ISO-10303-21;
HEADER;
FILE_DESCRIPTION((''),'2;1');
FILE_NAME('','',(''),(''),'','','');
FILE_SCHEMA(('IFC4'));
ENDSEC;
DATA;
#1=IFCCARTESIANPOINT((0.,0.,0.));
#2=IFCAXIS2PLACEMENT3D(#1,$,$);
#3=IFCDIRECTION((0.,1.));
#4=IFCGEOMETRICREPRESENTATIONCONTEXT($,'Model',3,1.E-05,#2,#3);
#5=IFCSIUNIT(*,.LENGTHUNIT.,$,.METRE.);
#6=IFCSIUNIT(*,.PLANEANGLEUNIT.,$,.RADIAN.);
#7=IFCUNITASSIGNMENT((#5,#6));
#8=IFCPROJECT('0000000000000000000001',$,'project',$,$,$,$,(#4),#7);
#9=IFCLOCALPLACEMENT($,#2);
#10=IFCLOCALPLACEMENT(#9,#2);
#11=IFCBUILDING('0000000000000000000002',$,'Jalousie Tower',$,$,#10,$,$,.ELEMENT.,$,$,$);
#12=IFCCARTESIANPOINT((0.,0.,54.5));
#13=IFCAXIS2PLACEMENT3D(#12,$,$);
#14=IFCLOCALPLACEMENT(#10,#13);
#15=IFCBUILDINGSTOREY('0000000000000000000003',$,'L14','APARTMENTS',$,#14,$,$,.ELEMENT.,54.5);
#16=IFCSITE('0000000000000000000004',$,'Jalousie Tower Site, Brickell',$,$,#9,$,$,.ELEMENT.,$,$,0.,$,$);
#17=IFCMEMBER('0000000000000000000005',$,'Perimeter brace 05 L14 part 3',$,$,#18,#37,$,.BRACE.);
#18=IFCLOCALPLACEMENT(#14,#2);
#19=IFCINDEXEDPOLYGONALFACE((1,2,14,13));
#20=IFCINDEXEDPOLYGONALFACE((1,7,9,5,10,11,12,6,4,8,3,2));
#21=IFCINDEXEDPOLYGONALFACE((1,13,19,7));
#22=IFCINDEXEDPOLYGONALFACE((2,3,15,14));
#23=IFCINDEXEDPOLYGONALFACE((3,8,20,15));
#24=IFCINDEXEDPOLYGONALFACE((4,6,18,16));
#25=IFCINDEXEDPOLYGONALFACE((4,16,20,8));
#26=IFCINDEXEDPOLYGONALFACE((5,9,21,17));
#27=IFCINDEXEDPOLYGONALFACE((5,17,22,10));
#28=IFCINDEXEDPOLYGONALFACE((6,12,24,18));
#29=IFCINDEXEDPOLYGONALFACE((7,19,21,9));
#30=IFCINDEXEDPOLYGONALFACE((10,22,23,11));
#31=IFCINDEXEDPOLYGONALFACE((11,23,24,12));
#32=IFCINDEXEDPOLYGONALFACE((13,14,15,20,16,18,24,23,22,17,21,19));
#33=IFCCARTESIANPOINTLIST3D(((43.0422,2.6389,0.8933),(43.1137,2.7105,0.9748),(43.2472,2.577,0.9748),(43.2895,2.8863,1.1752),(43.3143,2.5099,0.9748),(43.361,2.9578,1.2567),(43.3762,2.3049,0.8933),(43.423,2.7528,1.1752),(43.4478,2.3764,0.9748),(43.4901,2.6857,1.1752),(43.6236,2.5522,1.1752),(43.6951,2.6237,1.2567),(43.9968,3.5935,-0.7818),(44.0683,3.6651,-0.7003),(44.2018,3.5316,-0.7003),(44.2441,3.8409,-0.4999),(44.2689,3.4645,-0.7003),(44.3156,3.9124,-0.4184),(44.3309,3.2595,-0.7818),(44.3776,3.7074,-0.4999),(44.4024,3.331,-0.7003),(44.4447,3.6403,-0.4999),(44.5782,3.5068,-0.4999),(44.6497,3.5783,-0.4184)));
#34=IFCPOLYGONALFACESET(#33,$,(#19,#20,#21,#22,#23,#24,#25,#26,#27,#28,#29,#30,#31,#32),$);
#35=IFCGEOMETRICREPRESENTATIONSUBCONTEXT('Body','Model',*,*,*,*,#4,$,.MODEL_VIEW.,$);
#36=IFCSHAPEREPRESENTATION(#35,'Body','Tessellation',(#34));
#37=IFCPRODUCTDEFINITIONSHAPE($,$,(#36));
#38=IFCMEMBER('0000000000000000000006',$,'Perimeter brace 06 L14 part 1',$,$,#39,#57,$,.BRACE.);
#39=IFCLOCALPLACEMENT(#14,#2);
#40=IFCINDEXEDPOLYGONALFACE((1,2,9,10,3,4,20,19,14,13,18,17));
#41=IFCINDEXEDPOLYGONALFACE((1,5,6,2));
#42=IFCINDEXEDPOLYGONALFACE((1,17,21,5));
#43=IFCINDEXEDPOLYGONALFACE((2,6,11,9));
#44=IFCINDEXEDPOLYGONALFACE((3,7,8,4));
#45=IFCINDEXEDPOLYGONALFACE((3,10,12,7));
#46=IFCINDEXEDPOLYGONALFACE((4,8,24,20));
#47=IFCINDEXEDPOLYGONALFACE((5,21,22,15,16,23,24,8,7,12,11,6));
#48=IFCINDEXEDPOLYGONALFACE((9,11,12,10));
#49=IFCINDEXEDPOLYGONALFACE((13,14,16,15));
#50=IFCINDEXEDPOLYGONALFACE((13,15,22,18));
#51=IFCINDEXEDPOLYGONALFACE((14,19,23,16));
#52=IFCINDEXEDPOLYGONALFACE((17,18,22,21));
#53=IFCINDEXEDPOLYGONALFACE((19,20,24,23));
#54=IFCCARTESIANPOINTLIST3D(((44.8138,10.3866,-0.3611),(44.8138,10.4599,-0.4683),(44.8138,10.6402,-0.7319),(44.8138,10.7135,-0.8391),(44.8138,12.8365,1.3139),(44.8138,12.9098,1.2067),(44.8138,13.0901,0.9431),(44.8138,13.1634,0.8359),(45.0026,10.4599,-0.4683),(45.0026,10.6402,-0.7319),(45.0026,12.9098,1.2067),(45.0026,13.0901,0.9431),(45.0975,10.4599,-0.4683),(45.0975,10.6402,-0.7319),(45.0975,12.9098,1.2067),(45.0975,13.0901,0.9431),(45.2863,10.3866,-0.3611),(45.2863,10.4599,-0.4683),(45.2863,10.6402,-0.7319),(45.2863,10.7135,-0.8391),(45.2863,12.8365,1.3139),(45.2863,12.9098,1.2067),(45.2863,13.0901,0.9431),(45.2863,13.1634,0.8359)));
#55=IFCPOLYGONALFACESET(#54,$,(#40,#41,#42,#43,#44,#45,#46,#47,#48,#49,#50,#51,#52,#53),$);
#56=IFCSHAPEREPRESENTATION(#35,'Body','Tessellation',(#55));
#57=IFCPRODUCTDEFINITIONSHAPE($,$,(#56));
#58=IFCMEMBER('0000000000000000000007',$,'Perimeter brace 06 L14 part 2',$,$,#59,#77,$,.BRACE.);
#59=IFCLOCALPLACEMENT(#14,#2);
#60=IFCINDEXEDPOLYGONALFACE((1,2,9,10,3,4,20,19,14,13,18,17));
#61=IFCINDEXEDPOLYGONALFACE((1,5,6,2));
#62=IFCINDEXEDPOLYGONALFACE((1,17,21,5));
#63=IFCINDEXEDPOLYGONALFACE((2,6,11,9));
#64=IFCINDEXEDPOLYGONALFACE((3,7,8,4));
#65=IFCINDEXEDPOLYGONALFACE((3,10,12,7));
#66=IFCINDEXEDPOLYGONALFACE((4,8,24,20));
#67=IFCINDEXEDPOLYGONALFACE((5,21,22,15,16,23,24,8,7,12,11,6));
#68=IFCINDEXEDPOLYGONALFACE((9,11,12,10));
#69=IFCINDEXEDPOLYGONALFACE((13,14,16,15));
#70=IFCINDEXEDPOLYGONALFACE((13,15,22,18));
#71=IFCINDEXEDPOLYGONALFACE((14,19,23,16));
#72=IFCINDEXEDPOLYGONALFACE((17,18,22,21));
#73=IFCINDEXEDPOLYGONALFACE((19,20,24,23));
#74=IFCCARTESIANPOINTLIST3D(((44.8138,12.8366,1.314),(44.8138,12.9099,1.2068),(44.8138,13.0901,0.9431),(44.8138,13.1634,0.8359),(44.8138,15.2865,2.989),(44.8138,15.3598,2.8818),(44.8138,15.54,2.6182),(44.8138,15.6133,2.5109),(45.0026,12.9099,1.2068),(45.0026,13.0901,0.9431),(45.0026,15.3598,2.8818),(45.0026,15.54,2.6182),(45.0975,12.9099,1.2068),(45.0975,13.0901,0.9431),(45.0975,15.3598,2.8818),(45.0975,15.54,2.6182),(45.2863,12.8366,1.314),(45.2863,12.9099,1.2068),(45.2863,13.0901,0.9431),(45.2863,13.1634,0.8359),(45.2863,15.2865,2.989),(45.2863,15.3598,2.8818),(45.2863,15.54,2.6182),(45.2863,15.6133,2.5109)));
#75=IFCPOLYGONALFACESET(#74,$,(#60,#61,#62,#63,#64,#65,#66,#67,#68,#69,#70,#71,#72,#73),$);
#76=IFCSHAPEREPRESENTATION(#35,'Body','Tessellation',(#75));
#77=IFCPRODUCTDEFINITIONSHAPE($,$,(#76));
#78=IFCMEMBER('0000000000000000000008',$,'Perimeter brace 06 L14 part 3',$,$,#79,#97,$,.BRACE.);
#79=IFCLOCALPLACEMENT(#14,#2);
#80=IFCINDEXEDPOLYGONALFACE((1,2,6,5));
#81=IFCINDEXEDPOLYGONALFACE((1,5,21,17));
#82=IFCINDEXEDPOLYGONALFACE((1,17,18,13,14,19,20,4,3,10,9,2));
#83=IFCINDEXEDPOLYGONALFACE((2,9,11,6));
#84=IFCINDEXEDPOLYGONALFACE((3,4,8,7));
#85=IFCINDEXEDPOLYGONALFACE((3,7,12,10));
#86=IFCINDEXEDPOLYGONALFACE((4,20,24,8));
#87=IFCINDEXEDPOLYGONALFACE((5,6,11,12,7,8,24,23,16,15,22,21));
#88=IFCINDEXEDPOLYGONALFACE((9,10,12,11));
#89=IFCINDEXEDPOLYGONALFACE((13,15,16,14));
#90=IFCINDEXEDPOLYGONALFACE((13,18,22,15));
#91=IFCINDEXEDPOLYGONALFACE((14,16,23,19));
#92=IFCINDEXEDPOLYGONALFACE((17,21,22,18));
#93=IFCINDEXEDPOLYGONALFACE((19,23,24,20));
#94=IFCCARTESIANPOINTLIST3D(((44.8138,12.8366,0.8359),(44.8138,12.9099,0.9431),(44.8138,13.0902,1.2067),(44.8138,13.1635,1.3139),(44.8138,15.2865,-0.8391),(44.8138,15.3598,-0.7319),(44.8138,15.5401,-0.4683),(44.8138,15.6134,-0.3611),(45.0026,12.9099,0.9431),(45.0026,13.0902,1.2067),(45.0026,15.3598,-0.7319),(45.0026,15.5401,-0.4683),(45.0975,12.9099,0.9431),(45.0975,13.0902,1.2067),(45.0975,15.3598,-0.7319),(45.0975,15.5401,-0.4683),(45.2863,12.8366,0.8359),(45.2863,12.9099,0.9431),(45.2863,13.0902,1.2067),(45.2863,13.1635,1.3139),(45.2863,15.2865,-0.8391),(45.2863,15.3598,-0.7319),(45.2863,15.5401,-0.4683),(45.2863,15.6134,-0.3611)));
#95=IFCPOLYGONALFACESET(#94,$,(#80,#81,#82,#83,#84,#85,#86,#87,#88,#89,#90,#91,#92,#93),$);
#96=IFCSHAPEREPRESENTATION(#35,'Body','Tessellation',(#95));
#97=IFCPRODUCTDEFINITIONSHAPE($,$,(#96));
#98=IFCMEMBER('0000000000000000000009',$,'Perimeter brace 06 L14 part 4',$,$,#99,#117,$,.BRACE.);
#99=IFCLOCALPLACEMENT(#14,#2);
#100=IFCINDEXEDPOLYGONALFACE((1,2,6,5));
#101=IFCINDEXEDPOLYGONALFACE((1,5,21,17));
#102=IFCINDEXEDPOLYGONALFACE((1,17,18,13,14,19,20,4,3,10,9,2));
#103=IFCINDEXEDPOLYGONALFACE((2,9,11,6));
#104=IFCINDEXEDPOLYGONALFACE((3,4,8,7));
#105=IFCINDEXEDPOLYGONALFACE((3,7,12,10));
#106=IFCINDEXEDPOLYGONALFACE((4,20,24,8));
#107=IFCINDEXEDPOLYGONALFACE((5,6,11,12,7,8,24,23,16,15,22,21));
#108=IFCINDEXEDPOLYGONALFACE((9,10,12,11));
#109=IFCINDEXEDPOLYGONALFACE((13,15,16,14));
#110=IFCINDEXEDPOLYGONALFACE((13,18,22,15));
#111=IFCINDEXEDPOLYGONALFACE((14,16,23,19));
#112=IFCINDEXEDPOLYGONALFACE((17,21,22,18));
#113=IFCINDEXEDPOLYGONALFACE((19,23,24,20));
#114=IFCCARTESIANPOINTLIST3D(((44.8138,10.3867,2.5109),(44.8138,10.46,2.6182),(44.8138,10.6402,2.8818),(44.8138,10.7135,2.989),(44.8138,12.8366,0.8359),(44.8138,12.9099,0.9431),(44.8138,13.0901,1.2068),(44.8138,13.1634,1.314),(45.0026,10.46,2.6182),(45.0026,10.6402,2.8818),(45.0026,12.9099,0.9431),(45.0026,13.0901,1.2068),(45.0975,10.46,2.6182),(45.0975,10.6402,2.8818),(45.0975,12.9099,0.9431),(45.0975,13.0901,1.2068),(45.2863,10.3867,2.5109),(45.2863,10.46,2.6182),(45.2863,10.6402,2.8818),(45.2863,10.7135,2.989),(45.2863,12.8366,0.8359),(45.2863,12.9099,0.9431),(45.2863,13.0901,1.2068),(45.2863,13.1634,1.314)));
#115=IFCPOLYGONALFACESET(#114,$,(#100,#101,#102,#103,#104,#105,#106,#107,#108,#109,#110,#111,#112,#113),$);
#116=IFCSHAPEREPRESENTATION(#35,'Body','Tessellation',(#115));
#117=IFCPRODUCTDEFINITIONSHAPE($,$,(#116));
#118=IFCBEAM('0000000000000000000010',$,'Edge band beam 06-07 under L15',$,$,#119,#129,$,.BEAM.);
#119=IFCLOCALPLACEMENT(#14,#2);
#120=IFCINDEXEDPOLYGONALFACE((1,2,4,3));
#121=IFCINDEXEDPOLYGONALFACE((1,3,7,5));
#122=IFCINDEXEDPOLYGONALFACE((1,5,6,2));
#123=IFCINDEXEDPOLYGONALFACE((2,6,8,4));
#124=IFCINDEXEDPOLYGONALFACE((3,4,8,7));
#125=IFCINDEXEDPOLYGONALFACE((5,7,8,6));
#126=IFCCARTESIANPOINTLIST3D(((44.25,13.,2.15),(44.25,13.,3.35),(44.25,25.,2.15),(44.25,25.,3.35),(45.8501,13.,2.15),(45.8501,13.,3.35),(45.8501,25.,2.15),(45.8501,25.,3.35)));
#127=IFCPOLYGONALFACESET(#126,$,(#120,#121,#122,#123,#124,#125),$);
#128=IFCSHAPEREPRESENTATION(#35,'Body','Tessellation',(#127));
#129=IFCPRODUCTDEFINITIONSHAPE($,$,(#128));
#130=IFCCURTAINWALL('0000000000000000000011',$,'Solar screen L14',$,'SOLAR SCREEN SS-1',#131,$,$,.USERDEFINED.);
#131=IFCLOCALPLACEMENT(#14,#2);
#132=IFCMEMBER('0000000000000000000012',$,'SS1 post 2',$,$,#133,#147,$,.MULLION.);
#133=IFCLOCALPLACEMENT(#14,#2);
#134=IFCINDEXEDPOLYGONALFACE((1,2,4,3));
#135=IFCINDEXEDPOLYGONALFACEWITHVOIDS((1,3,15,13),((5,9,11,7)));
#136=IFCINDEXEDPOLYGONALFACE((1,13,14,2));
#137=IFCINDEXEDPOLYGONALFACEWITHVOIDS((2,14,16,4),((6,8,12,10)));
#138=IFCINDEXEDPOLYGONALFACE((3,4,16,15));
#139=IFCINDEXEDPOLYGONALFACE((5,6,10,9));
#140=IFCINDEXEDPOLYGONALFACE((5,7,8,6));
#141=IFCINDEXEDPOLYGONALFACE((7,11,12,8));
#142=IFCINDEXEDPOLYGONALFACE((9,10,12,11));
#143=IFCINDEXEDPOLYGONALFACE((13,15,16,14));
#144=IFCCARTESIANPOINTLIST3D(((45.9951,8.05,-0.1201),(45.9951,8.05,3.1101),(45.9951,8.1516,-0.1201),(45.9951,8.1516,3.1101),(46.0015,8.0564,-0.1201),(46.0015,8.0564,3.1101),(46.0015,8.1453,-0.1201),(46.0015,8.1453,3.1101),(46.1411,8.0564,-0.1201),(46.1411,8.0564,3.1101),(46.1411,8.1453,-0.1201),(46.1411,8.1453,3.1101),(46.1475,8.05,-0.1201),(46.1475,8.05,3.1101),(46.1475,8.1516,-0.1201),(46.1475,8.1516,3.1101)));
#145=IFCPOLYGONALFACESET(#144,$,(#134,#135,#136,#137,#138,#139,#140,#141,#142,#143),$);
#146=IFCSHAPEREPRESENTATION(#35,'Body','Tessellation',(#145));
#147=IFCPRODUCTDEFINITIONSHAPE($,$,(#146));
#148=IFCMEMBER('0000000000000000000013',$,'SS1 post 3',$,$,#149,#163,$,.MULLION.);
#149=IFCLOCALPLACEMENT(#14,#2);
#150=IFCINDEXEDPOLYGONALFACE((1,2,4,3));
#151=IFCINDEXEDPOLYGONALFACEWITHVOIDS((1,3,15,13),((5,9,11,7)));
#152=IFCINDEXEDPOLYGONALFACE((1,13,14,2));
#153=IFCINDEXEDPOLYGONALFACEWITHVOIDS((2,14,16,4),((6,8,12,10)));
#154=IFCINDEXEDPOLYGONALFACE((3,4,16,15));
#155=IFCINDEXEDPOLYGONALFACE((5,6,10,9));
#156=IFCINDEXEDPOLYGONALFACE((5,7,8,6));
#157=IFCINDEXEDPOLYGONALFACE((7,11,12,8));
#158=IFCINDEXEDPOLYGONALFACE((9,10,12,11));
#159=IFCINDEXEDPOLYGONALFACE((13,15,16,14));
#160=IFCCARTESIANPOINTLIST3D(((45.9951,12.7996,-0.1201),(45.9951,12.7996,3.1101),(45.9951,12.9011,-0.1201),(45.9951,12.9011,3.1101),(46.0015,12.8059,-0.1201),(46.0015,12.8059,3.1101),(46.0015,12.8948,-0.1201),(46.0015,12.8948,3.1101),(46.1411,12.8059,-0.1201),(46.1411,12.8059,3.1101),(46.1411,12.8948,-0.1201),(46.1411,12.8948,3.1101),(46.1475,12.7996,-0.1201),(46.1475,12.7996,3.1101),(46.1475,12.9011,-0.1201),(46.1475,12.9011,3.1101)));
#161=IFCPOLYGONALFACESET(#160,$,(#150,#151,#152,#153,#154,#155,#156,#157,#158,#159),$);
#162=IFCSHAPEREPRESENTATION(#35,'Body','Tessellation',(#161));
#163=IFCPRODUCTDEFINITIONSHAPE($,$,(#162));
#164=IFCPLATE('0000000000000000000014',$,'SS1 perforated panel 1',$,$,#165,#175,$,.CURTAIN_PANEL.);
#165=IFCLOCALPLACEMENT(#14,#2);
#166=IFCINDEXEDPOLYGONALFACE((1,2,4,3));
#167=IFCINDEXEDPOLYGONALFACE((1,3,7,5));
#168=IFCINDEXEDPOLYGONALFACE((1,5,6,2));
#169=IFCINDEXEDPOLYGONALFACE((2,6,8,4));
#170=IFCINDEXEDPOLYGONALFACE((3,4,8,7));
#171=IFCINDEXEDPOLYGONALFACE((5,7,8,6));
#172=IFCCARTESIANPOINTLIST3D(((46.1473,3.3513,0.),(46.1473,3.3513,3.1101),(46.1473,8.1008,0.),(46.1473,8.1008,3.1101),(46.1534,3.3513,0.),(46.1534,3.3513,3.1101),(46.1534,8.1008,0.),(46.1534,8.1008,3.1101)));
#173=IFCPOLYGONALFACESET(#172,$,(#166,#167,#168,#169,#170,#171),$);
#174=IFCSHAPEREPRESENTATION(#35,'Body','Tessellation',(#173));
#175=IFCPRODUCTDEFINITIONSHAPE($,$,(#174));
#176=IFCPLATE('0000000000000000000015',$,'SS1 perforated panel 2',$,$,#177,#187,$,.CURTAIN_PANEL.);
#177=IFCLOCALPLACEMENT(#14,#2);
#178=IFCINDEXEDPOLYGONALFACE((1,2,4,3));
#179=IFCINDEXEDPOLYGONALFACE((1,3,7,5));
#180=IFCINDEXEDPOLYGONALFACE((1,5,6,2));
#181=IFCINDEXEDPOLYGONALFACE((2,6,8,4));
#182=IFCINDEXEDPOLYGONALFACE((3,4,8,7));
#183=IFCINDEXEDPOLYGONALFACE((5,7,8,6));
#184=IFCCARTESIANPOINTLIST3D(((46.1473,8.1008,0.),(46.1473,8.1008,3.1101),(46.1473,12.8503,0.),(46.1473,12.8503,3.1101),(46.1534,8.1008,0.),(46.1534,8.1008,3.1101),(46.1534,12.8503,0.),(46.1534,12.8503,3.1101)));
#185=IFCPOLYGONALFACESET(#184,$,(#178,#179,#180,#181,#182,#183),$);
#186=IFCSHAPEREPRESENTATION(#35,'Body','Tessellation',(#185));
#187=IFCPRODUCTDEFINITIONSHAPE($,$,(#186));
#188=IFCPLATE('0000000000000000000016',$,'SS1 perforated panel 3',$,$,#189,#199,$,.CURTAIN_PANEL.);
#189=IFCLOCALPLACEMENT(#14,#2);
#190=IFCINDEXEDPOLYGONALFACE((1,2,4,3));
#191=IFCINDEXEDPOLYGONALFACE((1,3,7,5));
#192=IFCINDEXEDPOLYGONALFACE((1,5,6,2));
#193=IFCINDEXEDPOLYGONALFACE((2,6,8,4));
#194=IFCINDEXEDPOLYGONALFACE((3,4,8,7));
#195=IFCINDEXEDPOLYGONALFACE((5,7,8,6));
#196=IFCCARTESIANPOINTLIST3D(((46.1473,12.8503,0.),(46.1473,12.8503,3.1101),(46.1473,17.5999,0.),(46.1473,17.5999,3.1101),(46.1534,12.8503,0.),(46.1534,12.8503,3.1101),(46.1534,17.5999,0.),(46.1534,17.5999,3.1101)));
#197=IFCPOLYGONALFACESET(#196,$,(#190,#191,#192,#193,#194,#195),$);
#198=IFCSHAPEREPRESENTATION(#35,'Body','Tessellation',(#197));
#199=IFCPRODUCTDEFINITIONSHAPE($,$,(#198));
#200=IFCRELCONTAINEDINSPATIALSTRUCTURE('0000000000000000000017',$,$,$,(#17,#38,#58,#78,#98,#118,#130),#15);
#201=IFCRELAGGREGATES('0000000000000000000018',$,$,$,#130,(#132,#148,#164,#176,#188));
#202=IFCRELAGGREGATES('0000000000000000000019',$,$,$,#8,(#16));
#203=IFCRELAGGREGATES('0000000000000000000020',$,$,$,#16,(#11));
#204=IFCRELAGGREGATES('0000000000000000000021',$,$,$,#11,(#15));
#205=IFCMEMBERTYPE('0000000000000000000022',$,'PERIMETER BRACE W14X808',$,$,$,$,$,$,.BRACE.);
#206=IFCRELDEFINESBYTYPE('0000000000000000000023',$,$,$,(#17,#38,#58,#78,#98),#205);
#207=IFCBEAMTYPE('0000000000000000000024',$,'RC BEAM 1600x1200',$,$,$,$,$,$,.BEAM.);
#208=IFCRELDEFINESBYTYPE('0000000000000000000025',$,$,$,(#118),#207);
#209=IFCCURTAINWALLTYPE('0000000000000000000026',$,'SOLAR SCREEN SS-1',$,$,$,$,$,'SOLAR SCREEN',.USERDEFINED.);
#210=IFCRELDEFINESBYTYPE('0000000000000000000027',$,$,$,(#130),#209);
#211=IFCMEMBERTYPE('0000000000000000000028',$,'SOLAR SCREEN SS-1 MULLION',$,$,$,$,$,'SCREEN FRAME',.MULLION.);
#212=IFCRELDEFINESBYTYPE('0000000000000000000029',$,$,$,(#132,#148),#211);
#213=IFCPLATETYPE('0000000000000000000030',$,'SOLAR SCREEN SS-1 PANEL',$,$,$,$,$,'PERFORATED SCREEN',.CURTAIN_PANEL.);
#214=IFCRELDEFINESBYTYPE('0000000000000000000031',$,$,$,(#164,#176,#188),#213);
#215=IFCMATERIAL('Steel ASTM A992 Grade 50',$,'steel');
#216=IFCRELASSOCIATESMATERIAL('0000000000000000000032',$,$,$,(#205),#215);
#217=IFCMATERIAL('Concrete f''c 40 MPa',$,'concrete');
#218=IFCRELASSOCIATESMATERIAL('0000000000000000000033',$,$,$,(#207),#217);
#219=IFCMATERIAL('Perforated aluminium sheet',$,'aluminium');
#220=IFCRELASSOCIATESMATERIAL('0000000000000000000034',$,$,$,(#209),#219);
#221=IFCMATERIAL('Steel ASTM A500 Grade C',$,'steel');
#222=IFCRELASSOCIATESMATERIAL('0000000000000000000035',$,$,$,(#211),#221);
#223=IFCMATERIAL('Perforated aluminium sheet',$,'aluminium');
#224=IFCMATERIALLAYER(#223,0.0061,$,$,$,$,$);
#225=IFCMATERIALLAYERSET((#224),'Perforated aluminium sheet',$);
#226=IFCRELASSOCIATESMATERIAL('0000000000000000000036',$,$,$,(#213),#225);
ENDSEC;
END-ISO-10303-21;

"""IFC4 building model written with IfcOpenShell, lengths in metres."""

from ifc_helpers import new_model, si_unit, direction, frame, origin, origin_2d, place, context, subcontext, project, spatial, rectangle, hollow_rectangle, i_section, extrude, material, layer, layer_set, material_profile, profile_set, type_object, element, aggregate, save


model = new_model("IFC4")

# Units and contexts
model_context = context("Model", 3, precision=1e-05, world=origin(), true_north=direction((0.0, 1.0)))
body_context = subcontext(model_context, "Body", "Model", "MODEL_VIEW")
ifc_project = project(units=[si_unit("LENGTHUNIT", "METRE"), si_unit("PLANEANGLEUNIT", "RADIAN")], contexts=[model_context])

# Site, building, storey
site_placement = place(None, origin())
site = spatial("IfcSite", under=ifc_project, at=site_placement, Name="Jalousie Tower Site, Brickell", CompositionType="ELEMENT", RefElevation=0.0)
building_placement = place(site_placement, origin())
building = spatial("IfcBuilding", under=site, at=building_placement, Name="Jalousie Tower", CompositionType="ELEMENT")
storey_placement = place(building_placement, frame((0.0, 0.0, 54.5)))
storey = spatial("IfcBuildingStorey", under=building, at=storey_placement, Name="L14", Description="APARTMENTS", CompositionType="ELEMENT", Elevation=54.5)

# Members
ifc_material_1 = material(Name="Steel ASTM A992 Grade 50", Category="steel")
ifc_material_profile_1 = material_profile(ifc_material_1, i_section(OverallWidth=0.4724, OverallDepth=0.5791, WebThickness=0.095, FlangeThickness=0.1299, at=origin_2d()), Name="W14X808")
ifc_profile_set_1 = profile_set([ifc_material_profile_1], Name="Steel ASTM A992 Grade 50")
member_type_1 = type_object("IfcMemberType", Name="PERIMETER BRACE W14X808", PredefinedType="BRACE", material=ifc_profile_set_1)
member_1_placement = place(storey_placement, frame((44.3232, 3.5859, -0.6001), z_axis=(-0.443718, -0.443718, 0.778607), x_axis=(0.707107, -0.707107, 0.0)))
element("IfcMember", 1, at=member_1_placement, inside=storey, type_object=member_type_1, Name="Perimeter brace 05 L14 part 3", PredefinedType="BRACE", context=body_context, shape_type="SweptSolid", body=[
    extrude(i_section(OverallWidth=0.4724, OverallDepth=0.5791, WebThickness=0.095, FlangeThickness=0.1299, at=origin_2d()), origin(), (0.0, 0.0, 1.0), 2.1514),
])
for number, where, z_axis, x_axis, name in (
    (2, (45.05, 10.55, -0.6001), (0.0, 0.825501, 0.564401), (-1.0, 0.0, 0.0), "Perimeter brace 06 L14 part 1"),
    (3, (45.05, 13.0, 1.075), (0.0, 0.825501, 0.564401), (-1.0, 0.0, 0.0), "Perimeter brace 06 L14 part 2"),
    (4, (45.05, 15.45, -0.6001), (0.0, -0.825501, 0.564401), (1.0, 0.0, 0.0), "Perimeter brace 06 L14 part 3"),
    (5, (45.05, 13.0, 1.075), (0.0, -0.825501, 0.564401), (1.0, 0.0, 0.0), "Perimeter brace 06 L14 part 4"),
):
    element("IfcMember", number, at=place(storey_placement, frame(where, z_axis=z_axis, x_axis=x_axis)), inside=storey, type_object=member_type_1, Name=name, PredefinedType="BRACE", context=body_context, shape_type="SweptSolid", body=[
        extrude(i_section(OverallWidth=0.4724, OverallDepth=0.5791, WebThickness=0.095, FlangeThickness=0.1299, at=origin_2d()), origin(), (0.0, 0.0, 1.0), 2.9678),
    ])

# Beam
ifc_material_2 = material(Name="Concrete f'c 40 MPa", Category="concrete")
ifc_material_profile_2 = material_profile(ifc_material_2, rectangle(XDim=1.6001, YDim=1.2, at=origin_2d()), Name="RC 1600x1200")
ifc_profile_set_2 = profile_set([ifc_material_profile_2], Name="Concrete f'c 40 MPa")
beam_type = type_object("IfcBeamType", Name="RC BEAM 1600x1200", PredefinedType="BEAM", material=ifc_profile_set_2)
beam_placement = place(storey_placement, frame((45.05, 13.0, 2.75), z_axis=(0.0, 1.0, 0.0), x_axis=(-1.0, 0.0, 0.0)))
element("IfcBeam", 6, at=beam_placement, inside=storey, type_object=beam_type, Name="Edge band beam 06-07 under L15", PredefinedType="BEAM", context=body_context, shape_type="SweptSolid", body=[
    extrude(rectangle(XDim=1.6001, YDim=1.2, at=origin_2d()), origin(), (0.0, 0.0, 1.0), 12.0),
])

# Curtain wall, members, plates
ifc_material_3 = material(Name="Perforated aluminium sheet", Category="aluminium")
curtain_wall_type = type_object("IfcCurtainWallType", Name="SOLAR SCREEN SS-1", ElementType="SOLAR SCREEN", PredefinedType="USERDEFINED", material=ifc_material_3)
curtain_wall_placement = place(storey_placement, origin())
curtain_wall = element("IfcCurtainWall", 7, at=curtain_wall_placement, inside=storey, type_object=curtain_wall_type, Name="Solar screen L14", ObjectType="SOLAR SCREEN SS-1", PredefinedType="USERDEFINED")
ifc_material_4 = material(Name="Steel ASTM A500 Grade C", Category="steel")
ifc_material_profile_3 = material_profile(ifc_material_4, hollow_rectangle(XDim=0.1016, YDim=0.1523, WallThickness=0.0063, at=origin_2d()), Name="HSS6X4X1/4")
ifc_profile_set_3 = profile_set([ifc_material_profile_3], Name="Steel ASTM A500 Grade C")
member_type_2 = type_object("IfcMemberType", Name="SOLAR SCREEN SS-1 MULLION", ElementType="SCREEN FRAME", PredefinedType="MULLION", material=ifc_profile_set_3)
member_2_placement = place(storey_placement, frame((46.0713, 8.1008, -0.1201), z_axis=(0.0, 0.0, 1.0), x_axis=(0.0, 1.0, 0.0)))
member_2 = element("IfcMember", 8, at=member_2_placement, type_object=member_type_2, Name="SS1 post 2", PredefinedType="MULLION", context=body_context, shape_type="SweptSolid", body=[
    extrude(hollow_rectangle(XDim=0.1016, YDim=0.1523, WallThickness=0.0063, at=origin_2d()), origin(), (0.0, 0.0, 1.0), 3.2302),
])
member_3_placement = place(storey_placement, frame((46.0713, 12.8503, -0.1201), z_axis=(0.0, 0.0, 1.0), x_axis=(0.0, 1.0, 0.0)))
member_3 = element("IfcMember", 9, at=member_3_placement, type_object=member_type_2, Name="SS1 post 3", PredefinedType="MULLION", context=body_context, shape_type="SweptSolid", body=[
    extrude(hollow_rectangle(XDim=0.1016, YDim=0.1523, WallThickness=0.0063, at=origin_2d()), origin(), (0.0, 0.0, 1.0), 3.2302),
])
ifc_material_5 = material(Name="Perforated aluminium sheet", Category="aluminium")
ifc_layer_1 = layer(ifc_material_5, 0.0061)
ifc_layer_set_1 = layer_set([ifc_layer_1], Name="Perforated aluminium sheet")
plate_type = type_object("IfcPlateType", Name="SOLAR SCREEN SS-1 PANEL", ElementType="PERFORATED SCREEN", PredefinedType="CURTAIN_PANEL", material=ifc_layer_set_1)
plate_1_placement = place(storey_placement, frame((46.1504, 5.7261, 0.0), z_axis=(0.0, 0.0, 1.0), x_axis=(0.0, 1.0, 0.0)))
plate_1 = element("IfcPlate", 10, at=plate_1_placement, type_object=plate_type, Name="SS1 perforated panel 1", PredefinedType="CURTAIN_PANEL", context=body_context, shape_type="SweptSolid", body=[
    extrude(rectangle(XDim=4.7495, YDim=0.0061, at=origin_2d()), origin(), (0.0, 0.0, 1.0), 3.1101),
])
plate_2_placement = place(storey_placement, frame((46.1504, 10.4756, 0.0), z_axis=(0.0, 0.0, 1.0), x_axis=(0.0, 1.0, 0.0)))
plate_2 = element("IfcPlate", 11, at=plate_2_placement, type_object=plate_type, Name="SS1 perforated panel 2", PredefinedType="CURTAIN_PANEL", context=body_context, shape_type="SweptSolid", body=[
    extrude(rectangle(XDim=4.7495, YDim=0.0061, at=origin_2d()), origin(), (0.0, 0.0, 1.0), 3.1101),
])
plate_3_placement = place(storey_placement, frame((46.1504, 15.2251, 0.0), z_axis=(0.0, 0.0, 1.0), x_axis=(0.0, 1.0, 0.0)))
plate_3 = element("IfcPlate", 12, at=plate_3_placement, type_object=plate_type, Name="SS1 perforated panel 3", PredefinedType="CURTAIN_PANEL", context=body_context, shape_type="SweptSolid", body=[
    extrude(rectangle(XDim=4.7495, YDim=0.0061, at=origin_2d()), origin(), (0.0, 0.0, 1.0), 3.1101),
])
aggregate(curtain_wall, [member_2, member_3, plate_1, plate_2, plate_3])

save(model, "model.ifc")
